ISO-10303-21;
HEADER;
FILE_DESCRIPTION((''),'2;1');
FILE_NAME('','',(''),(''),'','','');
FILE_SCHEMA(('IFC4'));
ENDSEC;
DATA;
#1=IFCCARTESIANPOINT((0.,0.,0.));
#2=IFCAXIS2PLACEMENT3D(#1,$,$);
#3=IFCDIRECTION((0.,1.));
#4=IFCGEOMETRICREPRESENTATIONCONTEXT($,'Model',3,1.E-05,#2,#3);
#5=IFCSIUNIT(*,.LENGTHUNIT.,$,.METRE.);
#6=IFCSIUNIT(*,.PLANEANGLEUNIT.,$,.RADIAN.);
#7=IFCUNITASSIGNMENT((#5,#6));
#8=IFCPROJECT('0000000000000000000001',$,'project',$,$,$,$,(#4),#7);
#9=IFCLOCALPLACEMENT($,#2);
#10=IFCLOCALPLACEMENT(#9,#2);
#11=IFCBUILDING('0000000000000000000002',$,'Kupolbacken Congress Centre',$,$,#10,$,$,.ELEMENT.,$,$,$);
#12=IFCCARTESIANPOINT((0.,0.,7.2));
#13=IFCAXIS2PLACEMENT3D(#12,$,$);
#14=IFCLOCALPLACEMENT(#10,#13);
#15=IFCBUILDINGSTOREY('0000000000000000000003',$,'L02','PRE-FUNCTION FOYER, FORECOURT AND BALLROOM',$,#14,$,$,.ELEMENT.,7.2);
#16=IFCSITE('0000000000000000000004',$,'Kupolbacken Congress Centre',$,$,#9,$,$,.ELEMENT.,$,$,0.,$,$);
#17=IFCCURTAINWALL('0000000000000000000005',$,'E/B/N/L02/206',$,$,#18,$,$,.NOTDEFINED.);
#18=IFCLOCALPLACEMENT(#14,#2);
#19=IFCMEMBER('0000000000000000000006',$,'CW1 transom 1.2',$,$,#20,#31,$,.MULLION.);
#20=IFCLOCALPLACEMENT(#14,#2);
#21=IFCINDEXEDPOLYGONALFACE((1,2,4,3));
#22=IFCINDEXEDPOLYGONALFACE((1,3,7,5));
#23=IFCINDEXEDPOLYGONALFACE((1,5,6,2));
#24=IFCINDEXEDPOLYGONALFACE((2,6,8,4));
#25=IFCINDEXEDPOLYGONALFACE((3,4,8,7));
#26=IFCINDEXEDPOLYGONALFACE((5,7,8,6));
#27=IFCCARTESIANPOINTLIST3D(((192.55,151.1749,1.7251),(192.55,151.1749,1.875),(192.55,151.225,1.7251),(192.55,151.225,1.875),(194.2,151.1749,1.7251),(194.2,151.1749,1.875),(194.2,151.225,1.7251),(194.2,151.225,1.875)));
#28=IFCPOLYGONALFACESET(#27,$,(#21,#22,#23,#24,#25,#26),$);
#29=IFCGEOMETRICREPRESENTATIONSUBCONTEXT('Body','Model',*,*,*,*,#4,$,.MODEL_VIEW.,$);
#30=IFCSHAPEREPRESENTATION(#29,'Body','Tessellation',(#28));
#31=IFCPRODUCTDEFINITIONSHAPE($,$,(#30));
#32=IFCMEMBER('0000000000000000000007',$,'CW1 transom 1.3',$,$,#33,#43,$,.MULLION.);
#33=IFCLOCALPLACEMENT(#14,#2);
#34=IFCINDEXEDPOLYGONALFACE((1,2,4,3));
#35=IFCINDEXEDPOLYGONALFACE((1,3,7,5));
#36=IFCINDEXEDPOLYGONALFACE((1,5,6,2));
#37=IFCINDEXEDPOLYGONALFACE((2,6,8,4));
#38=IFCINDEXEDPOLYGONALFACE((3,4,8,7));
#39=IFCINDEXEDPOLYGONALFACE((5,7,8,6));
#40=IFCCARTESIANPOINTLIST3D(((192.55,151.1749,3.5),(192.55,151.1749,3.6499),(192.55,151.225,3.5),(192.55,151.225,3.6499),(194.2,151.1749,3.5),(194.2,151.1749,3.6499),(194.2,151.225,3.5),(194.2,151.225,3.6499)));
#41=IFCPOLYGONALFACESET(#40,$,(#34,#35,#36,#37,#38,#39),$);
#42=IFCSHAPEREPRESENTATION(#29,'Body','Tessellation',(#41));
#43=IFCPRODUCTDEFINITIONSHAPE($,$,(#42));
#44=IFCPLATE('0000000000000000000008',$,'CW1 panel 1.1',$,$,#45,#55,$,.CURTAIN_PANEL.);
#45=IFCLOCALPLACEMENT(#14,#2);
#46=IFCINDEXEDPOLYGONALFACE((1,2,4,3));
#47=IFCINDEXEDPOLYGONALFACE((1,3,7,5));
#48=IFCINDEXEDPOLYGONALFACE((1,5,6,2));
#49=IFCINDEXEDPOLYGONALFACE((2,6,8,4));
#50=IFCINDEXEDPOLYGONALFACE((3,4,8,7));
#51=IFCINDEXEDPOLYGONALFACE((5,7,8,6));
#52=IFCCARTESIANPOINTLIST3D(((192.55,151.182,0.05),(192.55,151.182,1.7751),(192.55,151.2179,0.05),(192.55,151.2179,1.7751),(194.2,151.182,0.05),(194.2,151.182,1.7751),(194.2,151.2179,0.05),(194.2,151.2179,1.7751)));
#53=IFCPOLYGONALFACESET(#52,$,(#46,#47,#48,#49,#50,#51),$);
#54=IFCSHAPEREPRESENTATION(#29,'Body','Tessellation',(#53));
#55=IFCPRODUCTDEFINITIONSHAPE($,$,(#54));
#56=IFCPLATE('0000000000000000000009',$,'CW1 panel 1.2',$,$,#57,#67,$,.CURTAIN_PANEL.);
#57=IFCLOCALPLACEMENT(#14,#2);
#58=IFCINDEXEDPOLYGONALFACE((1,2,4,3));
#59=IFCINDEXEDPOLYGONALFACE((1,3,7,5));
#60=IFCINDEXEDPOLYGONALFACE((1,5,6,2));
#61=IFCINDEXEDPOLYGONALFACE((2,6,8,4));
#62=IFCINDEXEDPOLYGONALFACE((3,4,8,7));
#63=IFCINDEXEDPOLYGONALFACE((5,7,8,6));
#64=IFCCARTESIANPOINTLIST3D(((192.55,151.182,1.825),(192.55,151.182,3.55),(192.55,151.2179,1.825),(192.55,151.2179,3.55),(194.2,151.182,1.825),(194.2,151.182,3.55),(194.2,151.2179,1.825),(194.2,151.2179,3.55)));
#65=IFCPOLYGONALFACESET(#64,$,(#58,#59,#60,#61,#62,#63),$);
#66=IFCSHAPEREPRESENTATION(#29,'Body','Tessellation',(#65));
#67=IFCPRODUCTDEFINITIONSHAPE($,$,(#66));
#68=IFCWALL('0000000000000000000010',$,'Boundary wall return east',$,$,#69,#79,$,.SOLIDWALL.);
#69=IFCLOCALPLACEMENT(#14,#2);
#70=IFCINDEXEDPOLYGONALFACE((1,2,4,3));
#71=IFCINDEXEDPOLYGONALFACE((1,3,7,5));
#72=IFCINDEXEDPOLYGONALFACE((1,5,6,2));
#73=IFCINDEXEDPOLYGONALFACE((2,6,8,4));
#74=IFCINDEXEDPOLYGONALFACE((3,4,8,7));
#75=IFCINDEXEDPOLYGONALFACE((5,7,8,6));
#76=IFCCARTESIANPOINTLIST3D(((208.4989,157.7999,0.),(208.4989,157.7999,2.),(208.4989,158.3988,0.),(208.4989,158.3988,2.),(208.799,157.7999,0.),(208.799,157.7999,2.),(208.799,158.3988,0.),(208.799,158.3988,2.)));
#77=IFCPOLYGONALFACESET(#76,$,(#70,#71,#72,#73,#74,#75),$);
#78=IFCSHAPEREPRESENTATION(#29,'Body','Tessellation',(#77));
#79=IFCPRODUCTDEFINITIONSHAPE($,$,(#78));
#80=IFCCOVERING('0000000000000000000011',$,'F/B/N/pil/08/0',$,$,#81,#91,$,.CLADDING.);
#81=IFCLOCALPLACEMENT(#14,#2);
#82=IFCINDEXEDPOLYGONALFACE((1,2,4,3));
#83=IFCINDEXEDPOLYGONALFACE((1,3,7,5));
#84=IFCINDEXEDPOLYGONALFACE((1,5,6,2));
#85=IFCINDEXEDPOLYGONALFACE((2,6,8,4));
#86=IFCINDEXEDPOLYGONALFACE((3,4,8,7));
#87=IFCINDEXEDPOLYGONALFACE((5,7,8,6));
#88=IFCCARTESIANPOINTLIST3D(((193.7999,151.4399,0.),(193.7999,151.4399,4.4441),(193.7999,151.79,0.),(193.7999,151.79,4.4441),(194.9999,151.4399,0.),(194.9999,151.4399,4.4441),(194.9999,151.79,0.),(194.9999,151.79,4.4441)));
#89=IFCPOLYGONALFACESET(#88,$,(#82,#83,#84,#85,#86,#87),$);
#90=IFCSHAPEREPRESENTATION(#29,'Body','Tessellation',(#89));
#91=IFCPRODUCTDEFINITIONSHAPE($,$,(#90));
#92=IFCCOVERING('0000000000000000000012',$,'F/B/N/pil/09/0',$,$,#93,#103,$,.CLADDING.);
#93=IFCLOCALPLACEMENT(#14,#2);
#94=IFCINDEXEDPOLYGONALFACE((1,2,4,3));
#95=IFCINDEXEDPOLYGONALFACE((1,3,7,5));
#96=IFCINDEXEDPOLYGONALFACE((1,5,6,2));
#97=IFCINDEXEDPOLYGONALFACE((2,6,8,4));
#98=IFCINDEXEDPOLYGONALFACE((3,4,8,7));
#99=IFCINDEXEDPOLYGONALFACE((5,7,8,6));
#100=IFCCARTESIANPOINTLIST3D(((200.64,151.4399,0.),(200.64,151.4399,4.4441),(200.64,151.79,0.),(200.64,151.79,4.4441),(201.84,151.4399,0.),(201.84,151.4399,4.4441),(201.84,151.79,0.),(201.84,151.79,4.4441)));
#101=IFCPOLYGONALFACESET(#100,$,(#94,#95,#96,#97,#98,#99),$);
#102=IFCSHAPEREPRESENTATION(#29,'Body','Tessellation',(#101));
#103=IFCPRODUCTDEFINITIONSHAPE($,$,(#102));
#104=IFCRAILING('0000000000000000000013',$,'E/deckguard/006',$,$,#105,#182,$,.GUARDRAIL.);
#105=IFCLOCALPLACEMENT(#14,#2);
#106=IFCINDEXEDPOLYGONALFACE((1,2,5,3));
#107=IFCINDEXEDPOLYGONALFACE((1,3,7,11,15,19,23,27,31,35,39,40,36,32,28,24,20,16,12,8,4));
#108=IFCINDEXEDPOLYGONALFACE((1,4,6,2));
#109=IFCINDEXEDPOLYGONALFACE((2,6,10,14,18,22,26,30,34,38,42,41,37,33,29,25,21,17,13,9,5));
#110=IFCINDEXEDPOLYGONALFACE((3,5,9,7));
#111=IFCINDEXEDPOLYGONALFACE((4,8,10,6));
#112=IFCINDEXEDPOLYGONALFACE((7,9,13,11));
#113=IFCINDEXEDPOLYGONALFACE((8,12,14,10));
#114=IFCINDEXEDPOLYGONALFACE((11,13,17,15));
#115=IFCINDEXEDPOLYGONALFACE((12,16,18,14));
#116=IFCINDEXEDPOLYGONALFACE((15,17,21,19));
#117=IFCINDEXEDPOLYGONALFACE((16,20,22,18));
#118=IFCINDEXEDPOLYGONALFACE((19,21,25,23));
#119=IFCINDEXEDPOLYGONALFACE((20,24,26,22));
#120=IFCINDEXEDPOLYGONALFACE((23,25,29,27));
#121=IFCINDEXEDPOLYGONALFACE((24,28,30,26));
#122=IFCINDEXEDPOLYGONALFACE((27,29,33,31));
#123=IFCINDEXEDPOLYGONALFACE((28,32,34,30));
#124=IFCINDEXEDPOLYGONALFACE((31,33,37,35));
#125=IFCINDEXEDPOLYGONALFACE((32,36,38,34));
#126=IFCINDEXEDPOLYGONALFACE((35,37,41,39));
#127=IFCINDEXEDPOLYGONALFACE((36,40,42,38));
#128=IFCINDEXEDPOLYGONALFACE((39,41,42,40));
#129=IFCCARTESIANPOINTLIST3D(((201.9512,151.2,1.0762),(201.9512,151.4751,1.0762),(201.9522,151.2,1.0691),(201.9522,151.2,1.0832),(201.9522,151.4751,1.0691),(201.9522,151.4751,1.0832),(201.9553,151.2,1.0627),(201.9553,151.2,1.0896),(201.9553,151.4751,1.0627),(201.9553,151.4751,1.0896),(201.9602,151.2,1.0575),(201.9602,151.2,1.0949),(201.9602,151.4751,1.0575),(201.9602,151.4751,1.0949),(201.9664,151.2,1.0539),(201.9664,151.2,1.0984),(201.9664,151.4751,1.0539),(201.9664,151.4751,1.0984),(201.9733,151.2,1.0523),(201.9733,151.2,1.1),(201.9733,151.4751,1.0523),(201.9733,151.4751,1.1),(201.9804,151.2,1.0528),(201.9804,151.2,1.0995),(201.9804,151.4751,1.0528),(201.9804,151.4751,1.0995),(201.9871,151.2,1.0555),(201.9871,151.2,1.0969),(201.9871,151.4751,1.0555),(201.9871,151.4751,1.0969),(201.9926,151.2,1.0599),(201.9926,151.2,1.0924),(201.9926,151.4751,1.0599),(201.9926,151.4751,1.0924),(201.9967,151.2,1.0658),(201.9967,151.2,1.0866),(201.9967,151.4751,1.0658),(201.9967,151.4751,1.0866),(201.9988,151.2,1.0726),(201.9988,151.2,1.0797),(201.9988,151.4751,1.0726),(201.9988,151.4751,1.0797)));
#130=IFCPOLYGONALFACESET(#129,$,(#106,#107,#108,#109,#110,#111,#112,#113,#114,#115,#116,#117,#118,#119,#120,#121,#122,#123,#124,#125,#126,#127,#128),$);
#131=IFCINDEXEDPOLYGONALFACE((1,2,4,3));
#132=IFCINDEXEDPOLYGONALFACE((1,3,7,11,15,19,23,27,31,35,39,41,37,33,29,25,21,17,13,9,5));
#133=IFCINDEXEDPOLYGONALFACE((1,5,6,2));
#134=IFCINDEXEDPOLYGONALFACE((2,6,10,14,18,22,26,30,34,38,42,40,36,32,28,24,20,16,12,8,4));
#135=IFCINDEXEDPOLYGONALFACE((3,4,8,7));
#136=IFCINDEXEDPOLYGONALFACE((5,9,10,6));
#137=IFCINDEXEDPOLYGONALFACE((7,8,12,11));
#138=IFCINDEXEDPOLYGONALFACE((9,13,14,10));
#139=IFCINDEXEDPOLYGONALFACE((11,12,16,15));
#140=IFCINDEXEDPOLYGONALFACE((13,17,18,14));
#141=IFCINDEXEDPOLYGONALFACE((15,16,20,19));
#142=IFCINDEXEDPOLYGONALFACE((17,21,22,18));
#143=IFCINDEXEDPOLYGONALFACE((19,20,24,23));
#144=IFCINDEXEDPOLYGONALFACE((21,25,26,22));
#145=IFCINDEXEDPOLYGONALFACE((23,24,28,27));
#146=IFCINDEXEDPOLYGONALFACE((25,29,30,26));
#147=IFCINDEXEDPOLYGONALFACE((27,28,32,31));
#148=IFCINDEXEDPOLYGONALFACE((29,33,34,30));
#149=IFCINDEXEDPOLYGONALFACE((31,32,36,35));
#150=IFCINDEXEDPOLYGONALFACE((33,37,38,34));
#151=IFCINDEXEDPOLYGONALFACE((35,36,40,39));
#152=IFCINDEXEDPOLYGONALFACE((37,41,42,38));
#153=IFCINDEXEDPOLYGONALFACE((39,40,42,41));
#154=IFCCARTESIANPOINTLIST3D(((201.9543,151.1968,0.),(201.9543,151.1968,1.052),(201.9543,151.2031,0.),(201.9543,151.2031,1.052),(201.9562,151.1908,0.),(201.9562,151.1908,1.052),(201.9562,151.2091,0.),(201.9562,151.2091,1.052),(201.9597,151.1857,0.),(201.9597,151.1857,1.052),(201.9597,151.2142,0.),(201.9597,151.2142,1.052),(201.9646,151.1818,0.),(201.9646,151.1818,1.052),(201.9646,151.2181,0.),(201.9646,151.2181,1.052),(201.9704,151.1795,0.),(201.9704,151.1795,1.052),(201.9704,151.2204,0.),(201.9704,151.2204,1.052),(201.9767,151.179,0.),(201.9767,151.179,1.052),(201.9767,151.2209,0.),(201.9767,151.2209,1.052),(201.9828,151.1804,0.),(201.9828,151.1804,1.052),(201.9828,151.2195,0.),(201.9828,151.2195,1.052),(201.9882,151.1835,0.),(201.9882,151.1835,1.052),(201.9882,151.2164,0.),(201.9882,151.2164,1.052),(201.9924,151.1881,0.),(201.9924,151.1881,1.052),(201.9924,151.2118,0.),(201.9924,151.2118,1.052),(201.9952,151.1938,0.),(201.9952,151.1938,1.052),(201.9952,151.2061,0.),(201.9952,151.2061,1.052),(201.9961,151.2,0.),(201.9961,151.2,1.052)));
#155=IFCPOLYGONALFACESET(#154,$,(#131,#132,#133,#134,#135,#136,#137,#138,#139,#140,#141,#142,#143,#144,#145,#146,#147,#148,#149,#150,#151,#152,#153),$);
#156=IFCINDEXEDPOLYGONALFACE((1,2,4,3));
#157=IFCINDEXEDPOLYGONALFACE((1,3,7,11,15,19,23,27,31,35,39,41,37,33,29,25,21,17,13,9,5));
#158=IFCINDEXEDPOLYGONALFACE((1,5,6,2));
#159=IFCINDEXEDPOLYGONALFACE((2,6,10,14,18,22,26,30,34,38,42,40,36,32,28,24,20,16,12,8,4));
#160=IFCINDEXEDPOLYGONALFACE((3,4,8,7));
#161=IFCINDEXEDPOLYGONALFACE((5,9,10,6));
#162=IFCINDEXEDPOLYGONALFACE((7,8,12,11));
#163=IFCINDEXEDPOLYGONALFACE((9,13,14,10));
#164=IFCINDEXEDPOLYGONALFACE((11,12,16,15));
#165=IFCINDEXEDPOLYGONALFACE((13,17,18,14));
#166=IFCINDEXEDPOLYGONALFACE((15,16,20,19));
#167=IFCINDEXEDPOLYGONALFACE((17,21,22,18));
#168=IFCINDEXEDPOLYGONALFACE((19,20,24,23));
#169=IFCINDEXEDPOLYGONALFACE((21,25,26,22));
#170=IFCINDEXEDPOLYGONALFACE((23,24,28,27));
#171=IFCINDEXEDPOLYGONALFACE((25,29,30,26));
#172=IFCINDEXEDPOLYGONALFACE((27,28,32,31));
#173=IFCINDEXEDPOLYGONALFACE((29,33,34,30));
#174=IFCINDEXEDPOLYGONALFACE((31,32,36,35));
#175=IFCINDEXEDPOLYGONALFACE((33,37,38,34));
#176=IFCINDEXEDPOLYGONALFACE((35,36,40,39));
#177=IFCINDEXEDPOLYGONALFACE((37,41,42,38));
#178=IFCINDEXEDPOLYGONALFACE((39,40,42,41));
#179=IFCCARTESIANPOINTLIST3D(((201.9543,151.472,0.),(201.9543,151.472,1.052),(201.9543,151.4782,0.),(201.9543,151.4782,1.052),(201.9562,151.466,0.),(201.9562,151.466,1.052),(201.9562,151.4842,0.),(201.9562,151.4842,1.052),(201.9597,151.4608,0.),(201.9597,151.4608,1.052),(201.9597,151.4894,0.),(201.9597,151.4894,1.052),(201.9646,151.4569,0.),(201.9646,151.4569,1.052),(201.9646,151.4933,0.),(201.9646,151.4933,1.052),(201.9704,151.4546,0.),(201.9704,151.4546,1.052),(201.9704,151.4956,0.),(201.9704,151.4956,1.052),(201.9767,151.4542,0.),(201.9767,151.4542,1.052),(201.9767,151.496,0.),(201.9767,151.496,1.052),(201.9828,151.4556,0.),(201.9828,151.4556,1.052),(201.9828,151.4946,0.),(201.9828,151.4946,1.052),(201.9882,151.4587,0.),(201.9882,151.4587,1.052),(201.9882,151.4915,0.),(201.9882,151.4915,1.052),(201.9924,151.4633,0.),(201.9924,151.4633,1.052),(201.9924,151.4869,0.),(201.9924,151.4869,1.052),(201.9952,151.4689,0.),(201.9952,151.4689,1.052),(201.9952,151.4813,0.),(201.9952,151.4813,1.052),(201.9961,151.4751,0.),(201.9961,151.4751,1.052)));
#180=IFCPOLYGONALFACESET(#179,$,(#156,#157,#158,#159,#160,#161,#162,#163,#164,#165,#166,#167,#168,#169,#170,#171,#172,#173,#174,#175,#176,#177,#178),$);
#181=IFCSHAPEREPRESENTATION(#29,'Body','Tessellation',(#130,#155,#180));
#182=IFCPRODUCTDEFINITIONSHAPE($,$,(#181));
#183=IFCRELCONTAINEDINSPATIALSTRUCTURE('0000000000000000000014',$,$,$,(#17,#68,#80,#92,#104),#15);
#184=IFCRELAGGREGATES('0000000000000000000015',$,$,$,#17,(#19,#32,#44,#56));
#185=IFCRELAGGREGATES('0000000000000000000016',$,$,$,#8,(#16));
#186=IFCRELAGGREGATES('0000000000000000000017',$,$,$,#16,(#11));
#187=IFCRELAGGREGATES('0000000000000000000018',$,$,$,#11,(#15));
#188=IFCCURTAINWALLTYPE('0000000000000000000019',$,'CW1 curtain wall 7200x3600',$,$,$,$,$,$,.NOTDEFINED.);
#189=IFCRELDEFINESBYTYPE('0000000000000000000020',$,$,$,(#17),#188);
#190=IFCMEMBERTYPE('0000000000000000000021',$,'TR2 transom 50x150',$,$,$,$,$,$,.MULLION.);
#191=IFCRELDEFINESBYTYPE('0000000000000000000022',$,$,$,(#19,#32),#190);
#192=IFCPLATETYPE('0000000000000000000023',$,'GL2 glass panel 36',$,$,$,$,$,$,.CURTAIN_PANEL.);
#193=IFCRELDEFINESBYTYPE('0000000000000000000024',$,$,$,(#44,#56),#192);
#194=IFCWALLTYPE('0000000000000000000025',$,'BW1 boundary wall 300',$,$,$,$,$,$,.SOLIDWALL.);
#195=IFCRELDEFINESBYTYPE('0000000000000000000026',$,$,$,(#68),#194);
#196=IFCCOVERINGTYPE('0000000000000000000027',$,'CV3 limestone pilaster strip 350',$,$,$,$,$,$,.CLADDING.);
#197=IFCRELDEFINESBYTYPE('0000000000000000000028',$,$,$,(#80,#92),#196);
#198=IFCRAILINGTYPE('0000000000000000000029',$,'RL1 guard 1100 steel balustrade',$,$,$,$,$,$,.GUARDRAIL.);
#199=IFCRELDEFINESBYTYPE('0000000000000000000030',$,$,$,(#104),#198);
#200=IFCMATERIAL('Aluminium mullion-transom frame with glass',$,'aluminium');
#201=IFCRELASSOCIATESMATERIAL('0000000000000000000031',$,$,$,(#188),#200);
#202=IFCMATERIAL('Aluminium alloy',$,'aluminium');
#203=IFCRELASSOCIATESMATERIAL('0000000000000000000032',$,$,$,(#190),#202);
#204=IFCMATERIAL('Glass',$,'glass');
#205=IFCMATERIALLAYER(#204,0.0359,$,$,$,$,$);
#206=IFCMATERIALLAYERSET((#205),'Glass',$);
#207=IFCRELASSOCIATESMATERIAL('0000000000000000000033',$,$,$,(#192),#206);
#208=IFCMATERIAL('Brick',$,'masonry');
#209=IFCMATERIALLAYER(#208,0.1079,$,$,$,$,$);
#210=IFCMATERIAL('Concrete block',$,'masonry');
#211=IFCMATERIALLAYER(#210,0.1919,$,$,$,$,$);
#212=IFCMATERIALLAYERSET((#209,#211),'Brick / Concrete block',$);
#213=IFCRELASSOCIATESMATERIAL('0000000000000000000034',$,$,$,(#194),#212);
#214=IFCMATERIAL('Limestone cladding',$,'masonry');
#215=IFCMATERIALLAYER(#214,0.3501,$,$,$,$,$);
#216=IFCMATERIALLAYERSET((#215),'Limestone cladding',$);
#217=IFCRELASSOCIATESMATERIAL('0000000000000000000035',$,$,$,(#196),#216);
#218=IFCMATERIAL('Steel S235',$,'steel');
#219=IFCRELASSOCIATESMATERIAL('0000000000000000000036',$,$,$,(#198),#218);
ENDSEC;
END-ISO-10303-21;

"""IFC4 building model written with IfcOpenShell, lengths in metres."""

from ifc_helpers import new_model, si_unit, direction, frame, frame_2d, origin, origin_2d, place, context, subcontext, project, spatial, rectangle, circle, extrude, material, layer, layer_set, material_profile, profile_set, type_object, element, aggregate, save


model = new_model("IFC4")

# Units and contexts
model_context = context("Model", 3, precision=1e-05, world=origin(), true_north=direction((0.0, 1.0)))
body_context = subcontext(model_context, "Body", "Model", "MODEL_VIEW")
ifc_project = project(units=[si_unit("LENGTHUNIT", "METRE"), si_unit("PLANEANGLEUNIT", "RADIAN")], contexts=[model_context])

# Site, building, storey
site_placement = place(None, origin())
site = spatial("IfcSite", under=ifc_project, at=site_placement, Name="Kupolbacken Congress Centre", CompositionType="ELEMENT", RefElevation=0.0)
building_placement = place(site_placement, origin())
building = spatial("IfcBuilding", under=site, at=building_placement, Name="Kupolbacken Congress Centre", CompositionType="ELEMENT")
storey_placement = place(building_placement, frame((0.0, 0.0, 7.2)))
storey = spatial("IfcBuildingStorey", under=building, at=storey_placement, Name="L02", Description="PRE-FUNCTION FOYER, FORECOURT AND BALLROOM", CompositionType="ELEMENT", Elevation=7.2)

# Curtain wall, members, plates
ifc_material_1 = material(Name="Aluminium mullion-transom frame with glass", Category="aluminium")
curtain_wall_type = type_object("IfcCurtainWallType", Name="CW1 curtain wall 7200x3600", PredefinedType="NOTDEFINED", material=ifc_material_1)
curtain_wall_placement = place(storey_placement, origin())
curtain_wall = element("IfcCurtainWall", 1, at=curtain_wall_placement, inside=storey, type_object=curtain_wall_type, Name="E/B/N/L02/206", PredefinedType="NOTDEFINED")
ifc_material_2 = material(Name="Aluminium alloy", Category="aluminium")
ifc_material_profile_1 = material_profile(ifc_material_2, rectangle(XDim=0.05, YDim=0.1499, at=origin_2d()), Name="50 x 150")
ifc_profile_set_1 = profile_set([ifc_material_profile_1], Name="Aluminium alloy")
member_type_1 = type_object("IfcMemberType", Name="TR2 transom 50x150", PredefinedType="MULLION", material=ifc_profile_set_1)
member_1_placement = place(storey_placement, frame((194.2, 151.2, 1.8), z_axis=(-1.0, 0.0, 0.0), x_axis=(0.0, -1.0, 0.0)))
member_1 = element("IfcMember", 2, at=member_1_placement, type_object=member_type_1, Name="CW1 transom 1.2", PredefinedType="MULLION", context=body_context, shape_type="SweptSolid", body=[
    extrude(rectangle(XDim=0.05, YDim=0.1499, at=origin_2d()), origin(), (0.0, 0.0, 1.0), 1.6499),
])
member_2_placement = place(storey_placement, frame((194.2, 151.2, 3.575), z_axis=(-1.0, 0.0, 0.0), x_axis=(0.0, -1.0, 0.0)))
member_2 = element("IfcMember", 3, at=member_2_placement, type_object=member_type_1, Name="CW1 transom 1.3", PredefinedType="MULLION", context=body_context, shape_type="SweptSolid", body=[
    extrude(rectangle(XDim=0.05, YDim=0.1499, at=origin_2d()), origin(), (0.0, 0.0, 1.0), 1.6499),
])
ifc_material_3 = material(Name="Glass", Category="glass")
ifc_layer_1 = layer(ifc_material_3, 0.0359)
ifc_layer_set_1 = layer_set([ifc_layer_1], Name="Glass")
plate_type = type_object("IfcPlateType", Name="GL2 glass panel 36", PredefinedType="CURTAIN_PANEL", material=ifc_layer_set_1)
plate_1_placement = place(storey_placement, frame((193.375, 151.2, 0.05), z_axis=(0.0, 0.0, 1.0), x_axis=(-1.0, 0.0, 0.0)))
plate_1 = element("IfcPlate", 4, at=plate_1_placement, type_object=plate_type, Name="CW1 panel 1.1", PredefinedType="CURTAIN_PANEL", context=body_context, shape_type="SweptSolid", body=[
    extrude(rectangle(XDim=1.6499, YDim=0.0359, at=origin_2d()), origin(), (0.0, 0.0, 1.0), 1.7251),
])
plate_2_placement = place(storey_placement, frame((193.375, 151.2, 1.825), z_axis=(0.0, 0.0, 1.0), x_axis=(-1.0, 0.0, 0.0)))
plate_2 = element("IfcPlate", 5, at=plate_2_placement, type_object=plate_type, Name="CW1 panel 1.2", PredefinedType="CURTAIN_PANEL", context=body_context, shape_type="SweptSolid", body=[
    extrude(rectangle(XDim=1.6499, YDim=0.0359, at=origin_2d()), origin(), (0.0, 0.0, 1.0), 1.7251),
])
aggregate(curtain_wall, [member_1, member_2, plate_1, plate_2])

# Wall
ifc_material_4 = material(Name="Brick", Category="masonry")
ifc_layer_2 = layer(ifc_material_4, 0.1079)
ifc_material_5 = material(Name="Concrete block", Category="masonry")
ifc_layer_3 = layer(ifc_material_5, 0.1919)
ifc_layer_set_2 = layer_set([ifc_layer_2, ifc_layer_3], Name="Brick / Concrete block")
wall_type_1 = type_object("IfcWallType", Name="BW1 boundary wall 300", PredefinedType="SOLIDWALL", material=ifc_layer_set_2)
wall_1_placement = place(storey_placement, frame((208.6489, 157.8, 0.0), z_axis=(0.0, 0.0, 1.0), x_axis=(0.0, 1.0, 0.0)))
element("IfcWall", 6, at=wall_1_placement, inside=storey, type_object=wall_type_1, Name="Boundary wall return east", PredefinedType="SOLIDWALL", context=body_context, shape_type="SweptSolid", body=[
    extrude(rectangle(XDim=0.5989, YDim=0.3, at=frame_2d((0.2993, 0.0))), origin(), (0.0, 0.0, 1.0), 2.0),
])

# Coverings
ifc_material_6 = material(Name="Limestone cladding", Category="masonry")
ifc_layer_4 = layer(ifc_material_6, 0.3501)
ifc_layer_set_3 = layer_set([ifc_layer_4], Name="Limestone cladding")
covering_type = type_object("IfcCoveringType", Name="CV3 limestone pilaster strip 350", PredefinedType="CLADDING", material=ifc_layer_set_3)
for number, where, z_axis, x_axis, name in (
    (7, (194.3999, 151.615, 0.0), (0.0, 0.0, 1.0), (1.0, 0.0, 0.0), "F/B/N/pil/08/0"),
    (8, (201.24, 151.615, 0.0), (0.0, 0.0, 1.0), (1.0, 0.0, 0.0), "F/B/N/pil/09/0"),
):
    element("IfcCovering", number, at=place(storey_placement, frame(where, z_axis=z_axis, x_axis=x_axis)), inside=storey, type_object=covering_type, Name=name, PredefinedType="CLADDING", context=body_context, shape_type="SweptSolid", body=[
        extrude(rectangle(XDim=1.2, YDim=0.3501, at=origin_2d()), origin(), (0.0, 0.0, 1.0), 4.4441),
    ])

# Railing
ifc_material_7 = material(Name="Steel S235", Category="steel")
railing_type = type_object("IfcRailingType", Name="RL1 guard 1100 steel balustrade", PredefinedType="GUARDRAIL", material=ifc_material_7)
railing_1_placement = place(storey_placement, frame((201.9751, 151.2, 0.0)))
element("IfcRailing", 9, at=railing_1_placement, inside=storey, type_object=railing_type, Name="E/deckguard/006", PredefinedType="GUARDRAIL", context=body_context, shape_type="SweptSolid", body=[
    extrude(circle(Radius=0.0239, at=origin_2d()), frame((0.0, 0.0, 1.0762), z_axis=(0.0, 1.0, 0.0), x_axis=(-1.0, 0.0, 0.0)), (0.0, 0.0, 1.0), 0.2751),
    extrude(circle(Radius=0.021, at=origin_2d()), origin(), (0.0, 0.0, 1.0), 1.052),
    extrude(circle(Radius=0.021, at=origin_2d()), frame((0.0, 0.2751, 0.0)), (0.0, 0.0, 1.0), 1.052),
])

save(model, "model.ifc")
